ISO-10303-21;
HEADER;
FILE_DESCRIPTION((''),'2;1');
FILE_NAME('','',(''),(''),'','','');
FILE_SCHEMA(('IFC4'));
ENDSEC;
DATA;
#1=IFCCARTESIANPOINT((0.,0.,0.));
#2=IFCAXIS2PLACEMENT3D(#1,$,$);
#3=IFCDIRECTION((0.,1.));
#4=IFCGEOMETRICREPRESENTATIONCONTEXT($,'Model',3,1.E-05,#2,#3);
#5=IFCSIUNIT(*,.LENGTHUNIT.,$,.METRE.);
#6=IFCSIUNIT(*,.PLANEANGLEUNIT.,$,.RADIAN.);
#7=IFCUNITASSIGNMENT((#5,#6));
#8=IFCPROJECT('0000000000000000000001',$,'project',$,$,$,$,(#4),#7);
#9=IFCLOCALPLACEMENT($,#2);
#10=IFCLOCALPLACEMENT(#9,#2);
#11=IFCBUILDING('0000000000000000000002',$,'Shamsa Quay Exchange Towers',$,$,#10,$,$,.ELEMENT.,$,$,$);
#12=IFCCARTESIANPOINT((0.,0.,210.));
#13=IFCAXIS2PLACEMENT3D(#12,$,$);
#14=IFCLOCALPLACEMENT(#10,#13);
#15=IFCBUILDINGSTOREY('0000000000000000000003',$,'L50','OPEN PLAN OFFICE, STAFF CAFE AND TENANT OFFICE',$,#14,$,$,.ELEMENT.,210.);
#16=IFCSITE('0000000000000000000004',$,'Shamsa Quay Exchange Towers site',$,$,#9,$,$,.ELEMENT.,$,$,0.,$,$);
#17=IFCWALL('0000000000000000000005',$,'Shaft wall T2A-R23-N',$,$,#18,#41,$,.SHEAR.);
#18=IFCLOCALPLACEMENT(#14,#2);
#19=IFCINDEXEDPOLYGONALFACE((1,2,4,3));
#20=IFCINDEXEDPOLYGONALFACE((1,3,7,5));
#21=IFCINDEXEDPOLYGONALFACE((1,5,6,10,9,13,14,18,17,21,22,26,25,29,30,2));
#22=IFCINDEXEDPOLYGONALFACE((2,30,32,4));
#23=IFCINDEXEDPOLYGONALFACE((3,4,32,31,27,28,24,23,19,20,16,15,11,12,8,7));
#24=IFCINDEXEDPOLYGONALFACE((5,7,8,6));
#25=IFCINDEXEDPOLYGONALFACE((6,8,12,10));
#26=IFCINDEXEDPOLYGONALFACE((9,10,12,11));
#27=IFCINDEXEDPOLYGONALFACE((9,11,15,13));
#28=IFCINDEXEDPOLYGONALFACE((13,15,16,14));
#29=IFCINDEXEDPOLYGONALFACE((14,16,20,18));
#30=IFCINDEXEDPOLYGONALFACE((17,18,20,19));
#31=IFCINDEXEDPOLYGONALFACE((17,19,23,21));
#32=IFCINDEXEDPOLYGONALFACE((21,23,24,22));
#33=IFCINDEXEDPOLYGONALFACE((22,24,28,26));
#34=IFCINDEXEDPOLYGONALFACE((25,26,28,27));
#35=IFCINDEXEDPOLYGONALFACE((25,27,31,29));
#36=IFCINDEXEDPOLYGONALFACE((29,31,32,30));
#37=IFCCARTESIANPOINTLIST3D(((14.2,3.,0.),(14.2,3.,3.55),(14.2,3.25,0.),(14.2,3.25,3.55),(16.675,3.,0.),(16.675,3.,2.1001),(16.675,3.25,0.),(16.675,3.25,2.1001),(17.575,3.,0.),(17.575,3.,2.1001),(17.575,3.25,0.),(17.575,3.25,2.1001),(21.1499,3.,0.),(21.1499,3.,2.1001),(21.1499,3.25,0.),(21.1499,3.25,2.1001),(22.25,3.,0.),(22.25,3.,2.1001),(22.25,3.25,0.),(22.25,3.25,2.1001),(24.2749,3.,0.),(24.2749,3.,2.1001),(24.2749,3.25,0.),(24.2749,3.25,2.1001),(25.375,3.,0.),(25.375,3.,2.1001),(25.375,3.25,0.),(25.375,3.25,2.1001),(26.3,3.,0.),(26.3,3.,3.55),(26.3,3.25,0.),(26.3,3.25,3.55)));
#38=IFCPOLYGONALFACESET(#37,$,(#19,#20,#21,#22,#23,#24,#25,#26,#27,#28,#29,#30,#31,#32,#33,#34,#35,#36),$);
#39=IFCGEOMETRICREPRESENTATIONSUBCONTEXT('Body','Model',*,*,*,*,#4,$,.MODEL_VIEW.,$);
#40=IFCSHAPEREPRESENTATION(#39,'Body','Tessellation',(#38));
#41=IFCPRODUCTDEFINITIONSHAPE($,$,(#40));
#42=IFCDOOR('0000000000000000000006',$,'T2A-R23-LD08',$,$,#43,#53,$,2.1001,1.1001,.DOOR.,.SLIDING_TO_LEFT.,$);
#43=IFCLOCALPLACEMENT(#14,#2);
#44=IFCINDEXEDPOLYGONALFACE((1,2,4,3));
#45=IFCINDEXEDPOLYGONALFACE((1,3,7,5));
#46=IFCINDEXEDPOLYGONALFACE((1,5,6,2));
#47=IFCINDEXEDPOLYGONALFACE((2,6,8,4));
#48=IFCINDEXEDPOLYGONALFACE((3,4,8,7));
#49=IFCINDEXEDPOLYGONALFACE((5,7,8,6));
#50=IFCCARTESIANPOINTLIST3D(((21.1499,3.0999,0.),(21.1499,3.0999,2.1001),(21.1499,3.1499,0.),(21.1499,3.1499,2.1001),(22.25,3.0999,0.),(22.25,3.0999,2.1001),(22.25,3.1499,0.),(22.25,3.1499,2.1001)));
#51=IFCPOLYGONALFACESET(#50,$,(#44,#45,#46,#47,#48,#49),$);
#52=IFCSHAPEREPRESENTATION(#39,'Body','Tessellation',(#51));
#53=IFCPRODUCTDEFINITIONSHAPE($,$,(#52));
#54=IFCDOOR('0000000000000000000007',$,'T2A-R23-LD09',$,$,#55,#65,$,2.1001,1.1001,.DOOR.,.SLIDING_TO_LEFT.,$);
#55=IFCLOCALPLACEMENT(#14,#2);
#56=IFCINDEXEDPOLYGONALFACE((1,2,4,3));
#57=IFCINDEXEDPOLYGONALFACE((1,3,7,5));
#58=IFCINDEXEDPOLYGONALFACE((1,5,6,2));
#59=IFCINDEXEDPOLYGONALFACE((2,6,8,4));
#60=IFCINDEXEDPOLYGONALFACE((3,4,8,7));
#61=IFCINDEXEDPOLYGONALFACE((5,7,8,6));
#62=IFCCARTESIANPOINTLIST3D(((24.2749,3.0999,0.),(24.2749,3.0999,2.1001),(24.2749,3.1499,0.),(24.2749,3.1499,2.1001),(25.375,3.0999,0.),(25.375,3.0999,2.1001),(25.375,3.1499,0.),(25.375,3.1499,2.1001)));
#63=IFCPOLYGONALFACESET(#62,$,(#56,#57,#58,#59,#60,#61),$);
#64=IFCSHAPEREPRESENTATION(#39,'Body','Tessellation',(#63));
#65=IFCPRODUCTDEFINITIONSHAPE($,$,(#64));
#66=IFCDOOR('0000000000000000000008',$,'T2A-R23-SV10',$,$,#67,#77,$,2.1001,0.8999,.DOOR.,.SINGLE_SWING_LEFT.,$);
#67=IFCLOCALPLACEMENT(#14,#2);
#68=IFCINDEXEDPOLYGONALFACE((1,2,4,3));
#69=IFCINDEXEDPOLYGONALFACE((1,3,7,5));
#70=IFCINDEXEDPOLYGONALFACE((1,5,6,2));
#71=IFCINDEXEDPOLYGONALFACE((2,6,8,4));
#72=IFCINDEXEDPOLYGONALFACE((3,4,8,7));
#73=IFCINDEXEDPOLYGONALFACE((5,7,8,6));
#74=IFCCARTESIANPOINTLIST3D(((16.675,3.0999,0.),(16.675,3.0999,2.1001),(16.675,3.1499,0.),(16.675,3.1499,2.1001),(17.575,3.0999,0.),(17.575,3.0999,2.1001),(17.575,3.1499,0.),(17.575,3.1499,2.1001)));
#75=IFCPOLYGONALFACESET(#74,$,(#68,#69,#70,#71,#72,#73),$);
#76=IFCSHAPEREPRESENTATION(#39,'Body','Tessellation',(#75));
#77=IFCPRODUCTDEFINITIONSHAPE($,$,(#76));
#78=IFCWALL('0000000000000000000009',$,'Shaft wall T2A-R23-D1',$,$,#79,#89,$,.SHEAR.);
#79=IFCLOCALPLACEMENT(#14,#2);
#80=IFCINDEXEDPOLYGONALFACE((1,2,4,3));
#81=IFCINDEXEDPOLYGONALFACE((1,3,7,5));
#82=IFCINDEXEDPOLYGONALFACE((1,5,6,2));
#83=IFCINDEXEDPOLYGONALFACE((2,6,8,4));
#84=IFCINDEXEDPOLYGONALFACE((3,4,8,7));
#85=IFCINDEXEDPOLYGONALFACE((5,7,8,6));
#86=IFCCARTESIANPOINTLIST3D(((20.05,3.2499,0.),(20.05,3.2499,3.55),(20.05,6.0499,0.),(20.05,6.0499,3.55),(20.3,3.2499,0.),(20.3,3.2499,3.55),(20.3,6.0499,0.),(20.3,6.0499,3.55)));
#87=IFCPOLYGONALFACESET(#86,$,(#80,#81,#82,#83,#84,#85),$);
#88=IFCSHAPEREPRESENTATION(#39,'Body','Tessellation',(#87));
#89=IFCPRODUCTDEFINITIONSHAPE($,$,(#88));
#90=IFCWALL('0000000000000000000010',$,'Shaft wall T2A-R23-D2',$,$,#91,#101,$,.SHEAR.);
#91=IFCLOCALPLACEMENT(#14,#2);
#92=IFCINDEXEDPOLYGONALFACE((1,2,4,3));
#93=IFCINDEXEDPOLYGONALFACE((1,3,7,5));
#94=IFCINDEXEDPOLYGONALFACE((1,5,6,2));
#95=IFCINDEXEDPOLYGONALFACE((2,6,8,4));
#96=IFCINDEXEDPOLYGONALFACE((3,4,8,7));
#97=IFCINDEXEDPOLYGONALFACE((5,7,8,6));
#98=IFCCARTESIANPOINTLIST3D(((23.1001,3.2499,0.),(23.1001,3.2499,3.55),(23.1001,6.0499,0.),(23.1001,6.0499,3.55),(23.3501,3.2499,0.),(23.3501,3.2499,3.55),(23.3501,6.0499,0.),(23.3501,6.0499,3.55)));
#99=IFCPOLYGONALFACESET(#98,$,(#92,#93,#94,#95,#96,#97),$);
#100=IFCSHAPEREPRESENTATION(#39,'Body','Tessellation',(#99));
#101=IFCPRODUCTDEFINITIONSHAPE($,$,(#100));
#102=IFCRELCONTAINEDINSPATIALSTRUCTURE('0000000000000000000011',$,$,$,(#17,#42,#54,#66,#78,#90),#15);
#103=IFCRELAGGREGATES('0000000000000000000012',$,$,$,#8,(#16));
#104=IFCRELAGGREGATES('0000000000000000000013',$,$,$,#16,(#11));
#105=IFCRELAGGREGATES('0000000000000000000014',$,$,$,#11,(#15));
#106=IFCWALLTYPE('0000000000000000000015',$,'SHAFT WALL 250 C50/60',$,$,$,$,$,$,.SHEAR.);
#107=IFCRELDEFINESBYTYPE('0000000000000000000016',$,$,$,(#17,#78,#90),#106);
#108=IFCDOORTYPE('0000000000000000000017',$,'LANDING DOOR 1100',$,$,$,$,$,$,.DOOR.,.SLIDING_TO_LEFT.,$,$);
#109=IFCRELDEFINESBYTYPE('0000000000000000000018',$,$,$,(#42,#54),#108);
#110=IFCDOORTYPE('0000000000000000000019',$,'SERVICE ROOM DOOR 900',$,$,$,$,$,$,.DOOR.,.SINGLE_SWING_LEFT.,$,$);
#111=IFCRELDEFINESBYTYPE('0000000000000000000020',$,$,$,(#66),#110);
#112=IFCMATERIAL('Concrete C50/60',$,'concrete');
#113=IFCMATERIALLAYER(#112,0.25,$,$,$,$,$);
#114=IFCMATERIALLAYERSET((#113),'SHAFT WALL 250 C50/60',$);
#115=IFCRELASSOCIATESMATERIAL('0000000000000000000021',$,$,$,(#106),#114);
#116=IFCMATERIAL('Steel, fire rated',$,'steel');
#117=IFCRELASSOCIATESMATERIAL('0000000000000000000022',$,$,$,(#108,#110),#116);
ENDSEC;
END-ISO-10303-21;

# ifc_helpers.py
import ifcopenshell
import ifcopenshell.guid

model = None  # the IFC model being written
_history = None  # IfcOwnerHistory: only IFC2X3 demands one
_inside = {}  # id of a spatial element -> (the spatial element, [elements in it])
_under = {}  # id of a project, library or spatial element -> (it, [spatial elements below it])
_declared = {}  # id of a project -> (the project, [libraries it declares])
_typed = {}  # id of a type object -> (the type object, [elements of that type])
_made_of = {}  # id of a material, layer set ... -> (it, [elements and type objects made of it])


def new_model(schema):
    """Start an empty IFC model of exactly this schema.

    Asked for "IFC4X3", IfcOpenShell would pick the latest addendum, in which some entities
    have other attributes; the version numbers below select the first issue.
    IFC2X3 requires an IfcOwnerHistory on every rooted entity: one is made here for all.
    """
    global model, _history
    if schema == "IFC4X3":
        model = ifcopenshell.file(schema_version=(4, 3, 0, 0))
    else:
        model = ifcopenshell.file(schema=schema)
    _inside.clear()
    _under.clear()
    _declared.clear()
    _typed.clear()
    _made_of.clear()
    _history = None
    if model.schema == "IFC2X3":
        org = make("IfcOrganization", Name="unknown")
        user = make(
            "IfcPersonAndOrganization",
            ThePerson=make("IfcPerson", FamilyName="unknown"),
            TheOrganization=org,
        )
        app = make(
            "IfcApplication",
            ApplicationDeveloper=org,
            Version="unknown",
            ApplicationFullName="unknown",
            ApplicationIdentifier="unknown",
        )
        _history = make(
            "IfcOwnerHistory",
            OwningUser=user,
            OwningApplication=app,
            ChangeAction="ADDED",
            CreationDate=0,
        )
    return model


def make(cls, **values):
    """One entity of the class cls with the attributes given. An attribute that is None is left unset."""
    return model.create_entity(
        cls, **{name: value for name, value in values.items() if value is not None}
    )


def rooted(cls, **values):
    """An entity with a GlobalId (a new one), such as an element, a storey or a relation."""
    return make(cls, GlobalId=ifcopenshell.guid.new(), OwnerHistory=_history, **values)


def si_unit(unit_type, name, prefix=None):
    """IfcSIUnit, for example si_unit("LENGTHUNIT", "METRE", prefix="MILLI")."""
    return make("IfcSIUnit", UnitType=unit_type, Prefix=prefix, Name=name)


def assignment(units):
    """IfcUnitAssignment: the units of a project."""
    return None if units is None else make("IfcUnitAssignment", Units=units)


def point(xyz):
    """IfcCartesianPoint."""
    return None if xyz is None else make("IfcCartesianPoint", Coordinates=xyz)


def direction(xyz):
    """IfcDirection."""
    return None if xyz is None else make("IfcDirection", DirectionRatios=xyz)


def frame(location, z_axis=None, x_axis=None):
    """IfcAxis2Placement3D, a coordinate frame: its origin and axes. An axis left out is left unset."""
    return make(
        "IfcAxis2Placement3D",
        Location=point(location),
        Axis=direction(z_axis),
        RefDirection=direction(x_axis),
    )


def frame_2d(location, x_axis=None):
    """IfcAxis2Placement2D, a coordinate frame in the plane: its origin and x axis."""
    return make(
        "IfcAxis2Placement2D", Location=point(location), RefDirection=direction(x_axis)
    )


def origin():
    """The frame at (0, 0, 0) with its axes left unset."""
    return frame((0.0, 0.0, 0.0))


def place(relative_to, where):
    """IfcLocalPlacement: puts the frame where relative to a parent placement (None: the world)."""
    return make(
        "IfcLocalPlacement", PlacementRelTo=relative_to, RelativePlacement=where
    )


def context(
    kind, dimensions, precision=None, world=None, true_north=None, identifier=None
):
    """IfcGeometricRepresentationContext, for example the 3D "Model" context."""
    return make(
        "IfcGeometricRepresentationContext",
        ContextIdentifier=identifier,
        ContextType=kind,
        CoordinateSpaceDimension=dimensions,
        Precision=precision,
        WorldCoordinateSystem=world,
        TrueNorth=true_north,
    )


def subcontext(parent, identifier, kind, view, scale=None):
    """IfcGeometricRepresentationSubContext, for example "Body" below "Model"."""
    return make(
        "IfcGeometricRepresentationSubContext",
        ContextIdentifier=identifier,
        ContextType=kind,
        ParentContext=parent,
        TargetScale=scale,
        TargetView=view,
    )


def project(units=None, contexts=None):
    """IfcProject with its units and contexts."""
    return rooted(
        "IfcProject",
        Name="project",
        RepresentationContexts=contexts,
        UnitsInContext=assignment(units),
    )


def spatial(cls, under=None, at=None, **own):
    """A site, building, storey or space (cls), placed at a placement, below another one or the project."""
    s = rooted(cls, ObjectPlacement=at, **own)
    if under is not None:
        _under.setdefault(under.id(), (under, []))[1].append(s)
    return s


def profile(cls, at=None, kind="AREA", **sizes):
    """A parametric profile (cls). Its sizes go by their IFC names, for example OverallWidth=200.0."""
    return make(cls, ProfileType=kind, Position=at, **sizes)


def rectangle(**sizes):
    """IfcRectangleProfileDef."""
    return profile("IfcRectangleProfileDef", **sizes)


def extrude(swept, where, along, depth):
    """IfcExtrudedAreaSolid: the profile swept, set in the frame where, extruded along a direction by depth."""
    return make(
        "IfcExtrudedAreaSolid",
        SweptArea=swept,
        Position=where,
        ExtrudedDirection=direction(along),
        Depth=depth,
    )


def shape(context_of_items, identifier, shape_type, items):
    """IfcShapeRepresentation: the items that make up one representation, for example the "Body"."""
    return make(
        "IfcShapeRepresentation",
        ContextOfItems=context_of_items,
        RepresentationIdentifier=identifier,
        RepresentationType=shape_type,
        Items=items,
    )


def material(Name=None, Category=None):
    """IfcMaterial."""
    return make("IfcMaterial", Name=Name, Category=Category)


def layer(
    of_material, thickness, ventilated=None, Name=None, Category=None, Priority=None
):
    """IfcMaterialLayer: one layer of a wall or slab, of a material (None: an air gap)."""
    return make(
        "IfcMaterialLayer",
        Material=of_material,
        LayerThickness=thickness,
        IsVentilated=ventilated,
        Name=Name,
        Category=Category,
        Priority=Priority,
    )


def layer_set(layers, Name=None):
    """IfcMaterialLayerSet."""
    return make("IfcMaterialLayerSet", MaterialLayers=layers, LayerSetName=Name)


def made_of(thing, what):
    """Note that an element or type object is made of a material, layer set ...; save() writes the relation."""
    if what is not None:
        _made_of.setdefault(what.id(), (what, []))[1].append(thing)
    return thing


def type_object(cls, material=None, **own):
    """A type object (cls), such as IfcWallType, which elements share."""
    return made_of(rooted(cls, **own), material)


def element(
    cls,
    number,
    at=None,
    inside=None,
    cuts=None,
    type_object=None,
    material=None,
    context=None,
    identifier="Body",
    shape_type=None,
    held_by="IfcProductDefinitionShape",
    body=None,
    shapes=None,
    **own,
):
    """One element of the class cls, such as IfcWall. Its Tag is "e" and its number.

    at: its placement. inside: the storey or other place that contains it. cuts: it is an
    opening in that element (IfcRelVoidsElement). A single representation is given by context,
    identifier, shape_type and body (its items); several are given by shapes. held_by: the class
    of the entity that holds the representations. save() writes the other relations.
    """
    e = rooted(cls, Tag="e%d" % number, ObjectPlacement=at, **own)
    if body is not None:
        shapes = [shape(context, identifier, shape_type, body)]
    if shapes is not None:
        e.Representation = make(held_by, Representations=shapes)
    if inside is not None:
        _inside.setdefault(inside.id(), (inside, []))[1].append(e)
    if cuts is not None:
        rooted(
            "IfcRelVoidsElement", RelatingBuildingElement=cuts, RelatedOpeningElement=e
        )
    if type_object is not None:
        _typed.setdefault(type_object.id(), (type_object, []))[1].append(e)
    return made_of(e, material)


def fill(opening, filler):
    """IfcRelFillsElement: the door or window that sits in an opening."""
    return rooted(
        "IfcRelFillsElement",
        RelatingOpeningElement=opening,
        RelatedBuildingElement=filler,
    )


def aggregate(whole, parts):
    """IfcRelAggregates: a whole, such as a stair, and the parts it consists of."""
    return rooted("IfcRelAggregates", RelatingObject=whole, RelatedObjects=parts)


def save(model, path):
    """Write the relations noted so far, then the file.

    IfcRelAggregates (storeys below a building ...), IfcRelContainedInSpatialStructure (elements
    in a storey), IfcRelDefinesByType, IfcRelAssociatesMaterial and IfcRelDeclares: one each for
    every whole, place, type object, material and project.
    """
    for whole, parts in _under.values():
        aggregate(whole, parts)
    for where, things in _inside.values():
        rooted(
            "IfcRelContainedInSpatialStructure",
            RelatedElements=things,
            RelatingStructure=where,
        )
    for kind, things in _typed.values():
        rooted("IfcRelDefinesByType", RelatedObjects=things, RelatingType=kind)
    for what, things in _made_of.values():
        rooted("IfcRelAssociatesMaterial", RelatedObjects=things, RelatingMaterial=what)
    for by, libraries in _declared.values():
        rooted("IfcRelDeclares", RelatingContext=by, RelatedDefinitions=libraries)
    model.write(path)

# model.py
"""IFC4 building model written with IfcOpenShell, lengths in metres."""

from ifc_helpers import new_model, si_unit, direction, frame, frame_2d, origin, place, context, subcontext, project, spatial, rectangle, extrude, material, layer, layer_set, type_object, element, fill, save


model = new_model("IFC4")

# Units and contexts
model_context = context("Model", 3, precision=1e-05, world=origin(), true_north=direction((0.0, 1.0)))
body_context = subcontext(model_context, "Body", "Model", "MODEL_VIEW")
ifc_project = project(units=[si_unit("LENGTHUNIT", "METRE"), si_unit("PLANEANGLEUNIT", "RADIAN")], contexts=[model_context])

# Site, building, storey
site_placement = place(None, origin())
site = spatial("IfcSite", under=ifc_project, at=site_placement, Name="Shamsa Quay Exchange Towers site", CompositionType="ELEMENT", RefElevation=0.0)
building_placement = place(site_placement, origin())
building = spatial("IfcBuilding", under=site, at=building_placement, Name="Shamsa Quay Exchange Towers", CompositionType="ELEMENT")
storey_placement = place(building_placement, frame((0.0, 0.0, 210.0)))
storey = spatial("IfcBuildingStorey", under=building, at=storey_placement, Name="L50", Description="OPEN PLAN OFFICE, STAFF CAFE AND TENANT OFFICE", CompositionType="ELEMENT", Elevation=210.0)

# Shared definitions
ifc_material_1 = material(Name="Steel, fire rated", Category="steel")

# Wall, openings, doors
ifc_material_2 = material(Name="Concrete C50/60", Category="concrete")
ifc_layer_1 = layer(ifc_material_2, 0.25)
ifc_layer_set_1 = layer_set([ifc_layer_1], Name="SHAFT WALL 250 C50/60")
wall_type_1 = type_object("IfcWallType", Name="SHAFT WALL 250 C50/60", PredefinedType="SHEAR", material=ifc_layer_set_1)
wall_1_placement = place(storey_placement, frame((14.2, 3.125, 0.0)))
wall_1 = element("IfcWall", 1, at=wall_1_placement, inside=storey, type_object=wall_type_1, Name="Shaft wall T2A-R23-N", PredefinedType="SHEAR", context=body_context, shape_type="SweptSolid", body=[
    extrude(rectangle(XDim=12.1001, YDim=0.25, at=frame_2d((6.05, 0.0))), origin(), (0.0, 0.0, 1.0), 3.55),
])
opening_1_placement = place(wall_1_placement, frame((6.95, 0.0, 0.0)))
opening_1 = element("IfcOpeningElement", 2, at=opening_1_placement, cuts=wall_1, PredefinedType="OPENING", context=body_context, shape_type="SweptSolid", body=[
    extrude(rectangle(XDim=1.1001, YDim=2.1001, at=frame_2d((0.55, 1.05))), frame((0.0, 0.135, 0.0), z_axis=(0.0, -1.0, 0.0), x_axis=(1.0, 0.0, 0.0)), (0.0, 0.0, 1.0), 0.27),
])
opening_2_placement = place(wall_1_placement, frame((10.075, 0.0, 0.0)))
opening_2 = element("IfcOpeningElement", 3, at=opening_2_placement, cuts=wall_1, PredefinedType="OPENING", context=body_context, shape_type="SweptSolid", body=[
    extrude(rectangle(XDim=1.1001, YDim=2.1001, at=frame_2d((0.55, 1.05))), frame((0.0, 0.135, 0.0), z_axis=(0.0, -1.0, 0.0), x_axis=(1.0, 0.0, 0.0)), (0.0, 0.0, 1.0), 0.27),
])
opening_3_placement = place(wall_1_placement, frame((2.4751, 0.0, 0.0)))
opening_3 = element("IfcOpeningElement", 4, at=opening_3_placement, cuts=wall_1, PredefinedType="OPENING", context=body_context, shape_type="SweptSolid", body=[
    extrude(rectangle(XDim=0.8999, YDim=2.1001, at=frame_2d((0.45, 1.05))), frame((0.0, 0.135, 0.0), z_axis=(0.0, -1.0, 0.0), x_axis=(1.0, 0.0, 0.0)), (0.0, 0.0, 1.0), 0.27),
])
door_type_1 = type_object("IfcDoorType", Name="LANDING DOOR 1100", OperationType="SLIDING_TO_LEFT", PredefinedType="DOOR", material=ifc_material_1)
door_1_placement = place(opening_1_placement, origin())
door_1 = element("IfcDoor", 5, at=door_1_placement, inside=storey, type_object=door_type_1, Name="T2A-R23-LD08", OperationType="SLIDING_TO_LEFT", OverallHeight=2.1001, OverallWidth=1.1001, PredefinedType="DOOR", context=body_context, shape_type="SweptSolid", body=[
    extrude(rectangle(XDim=1.1001, YDim=2.1001, at=frame_2d((0.55, 1.05))), frame((0.0, 0.0249, 0.0), z_axis=(0.0, -1.0, 0.0), x_axis=(1.0, 0.0, 0.0)), (0.0, 0.0, 1.0), 0.05),
])
fill(opening_1, door_1)
door_2_placement = place(opening_2_placement, origin())
door_2 = element("IfcDoor", 6, at=door_2_placement, inside=storey, type_object=door_type_1, Name="T2A-R23-LD09", OperationType="SLIDING_TO_LEFT", OverallHeight=2.1001, OverallWidth=1.1001, PredefinedType="DOOR", context=body_context, shape_type="SweptSolid", body=[
    extrude(rectangle(XDim=1.1001, YDim=2.1001, at=frame_2d((0.55, 1.05))), frame((0.0, 0.0249, 0.0), z_axis=(0.0, -1.0, 0.0), x_axis=(1.0, 0.0, 0.0)), (0.0, 0.0, 1.0), 0.05),
])
fill(opening_2, door_2)
door_type_2 = type_object("IfcDoorType", Name="SERVICE ROOM DOOR 900", OperationType="SINGLE_SWING_LEFT", PredefinedType="DOOR", material=ifc_material_1)
door_3_placement = place(opening_3_placement, origin())
door_3 = element("IfcDoor", 7, at=door_3_placement, inside=storey, type_object=door_type_2, Name="T2A-R23-SV10", OperationType="SINGLE_SWING_LEFT", OverallHeight=2.1001, OverallWidth=0.8999, PredefinedType="DOOR", context=body_context, shape_type="SweptSolid", body=[
    extrude(rectangle(XDim=0.8999, YDim=2.1001, at=frame_2d((0.45, 1.05))), frame((0.0, 0.0249, 0.0), z_axis=(0.0, -1.0, 0.0), x_axis=(1.0, 0.0, 0.0)), (0.0, 0.0, 1.0), 0.05),
])
fill(opening_3, door_3)

# Walls
for number, where, z_axis, x_axis, name in (
    (8, (20.175, 3.25, 0.0), (0.0, 0.0, 1.0), (0.0, 1.0, 0.0), "Shaft wall T2A-R23-D1"),
    (9, (23.2251, 3.25, 0.0), (0.0, 0.0, 1.0), (0.0, 1.0, 0.0), "Shaft wall T2A-R23-D2"),
):
    element("IfcWall", number, at=place(storey_placement, frame(where, z_axis=z_axis, x_axis=x_axis)), inside=storey, type_object=wall_type_1, Name=name, PredefinedType="SHEAR", context=body_context, shape_type="SweptSolid", body=[
        extrude(rectangle(XDim=2.8, YDim=0.25, at=frame_2d((1.3999, 0.0))), origin(), (0.0, 0.0, 1.0), 3.55),
    ])

save(model, "model.ifc")
